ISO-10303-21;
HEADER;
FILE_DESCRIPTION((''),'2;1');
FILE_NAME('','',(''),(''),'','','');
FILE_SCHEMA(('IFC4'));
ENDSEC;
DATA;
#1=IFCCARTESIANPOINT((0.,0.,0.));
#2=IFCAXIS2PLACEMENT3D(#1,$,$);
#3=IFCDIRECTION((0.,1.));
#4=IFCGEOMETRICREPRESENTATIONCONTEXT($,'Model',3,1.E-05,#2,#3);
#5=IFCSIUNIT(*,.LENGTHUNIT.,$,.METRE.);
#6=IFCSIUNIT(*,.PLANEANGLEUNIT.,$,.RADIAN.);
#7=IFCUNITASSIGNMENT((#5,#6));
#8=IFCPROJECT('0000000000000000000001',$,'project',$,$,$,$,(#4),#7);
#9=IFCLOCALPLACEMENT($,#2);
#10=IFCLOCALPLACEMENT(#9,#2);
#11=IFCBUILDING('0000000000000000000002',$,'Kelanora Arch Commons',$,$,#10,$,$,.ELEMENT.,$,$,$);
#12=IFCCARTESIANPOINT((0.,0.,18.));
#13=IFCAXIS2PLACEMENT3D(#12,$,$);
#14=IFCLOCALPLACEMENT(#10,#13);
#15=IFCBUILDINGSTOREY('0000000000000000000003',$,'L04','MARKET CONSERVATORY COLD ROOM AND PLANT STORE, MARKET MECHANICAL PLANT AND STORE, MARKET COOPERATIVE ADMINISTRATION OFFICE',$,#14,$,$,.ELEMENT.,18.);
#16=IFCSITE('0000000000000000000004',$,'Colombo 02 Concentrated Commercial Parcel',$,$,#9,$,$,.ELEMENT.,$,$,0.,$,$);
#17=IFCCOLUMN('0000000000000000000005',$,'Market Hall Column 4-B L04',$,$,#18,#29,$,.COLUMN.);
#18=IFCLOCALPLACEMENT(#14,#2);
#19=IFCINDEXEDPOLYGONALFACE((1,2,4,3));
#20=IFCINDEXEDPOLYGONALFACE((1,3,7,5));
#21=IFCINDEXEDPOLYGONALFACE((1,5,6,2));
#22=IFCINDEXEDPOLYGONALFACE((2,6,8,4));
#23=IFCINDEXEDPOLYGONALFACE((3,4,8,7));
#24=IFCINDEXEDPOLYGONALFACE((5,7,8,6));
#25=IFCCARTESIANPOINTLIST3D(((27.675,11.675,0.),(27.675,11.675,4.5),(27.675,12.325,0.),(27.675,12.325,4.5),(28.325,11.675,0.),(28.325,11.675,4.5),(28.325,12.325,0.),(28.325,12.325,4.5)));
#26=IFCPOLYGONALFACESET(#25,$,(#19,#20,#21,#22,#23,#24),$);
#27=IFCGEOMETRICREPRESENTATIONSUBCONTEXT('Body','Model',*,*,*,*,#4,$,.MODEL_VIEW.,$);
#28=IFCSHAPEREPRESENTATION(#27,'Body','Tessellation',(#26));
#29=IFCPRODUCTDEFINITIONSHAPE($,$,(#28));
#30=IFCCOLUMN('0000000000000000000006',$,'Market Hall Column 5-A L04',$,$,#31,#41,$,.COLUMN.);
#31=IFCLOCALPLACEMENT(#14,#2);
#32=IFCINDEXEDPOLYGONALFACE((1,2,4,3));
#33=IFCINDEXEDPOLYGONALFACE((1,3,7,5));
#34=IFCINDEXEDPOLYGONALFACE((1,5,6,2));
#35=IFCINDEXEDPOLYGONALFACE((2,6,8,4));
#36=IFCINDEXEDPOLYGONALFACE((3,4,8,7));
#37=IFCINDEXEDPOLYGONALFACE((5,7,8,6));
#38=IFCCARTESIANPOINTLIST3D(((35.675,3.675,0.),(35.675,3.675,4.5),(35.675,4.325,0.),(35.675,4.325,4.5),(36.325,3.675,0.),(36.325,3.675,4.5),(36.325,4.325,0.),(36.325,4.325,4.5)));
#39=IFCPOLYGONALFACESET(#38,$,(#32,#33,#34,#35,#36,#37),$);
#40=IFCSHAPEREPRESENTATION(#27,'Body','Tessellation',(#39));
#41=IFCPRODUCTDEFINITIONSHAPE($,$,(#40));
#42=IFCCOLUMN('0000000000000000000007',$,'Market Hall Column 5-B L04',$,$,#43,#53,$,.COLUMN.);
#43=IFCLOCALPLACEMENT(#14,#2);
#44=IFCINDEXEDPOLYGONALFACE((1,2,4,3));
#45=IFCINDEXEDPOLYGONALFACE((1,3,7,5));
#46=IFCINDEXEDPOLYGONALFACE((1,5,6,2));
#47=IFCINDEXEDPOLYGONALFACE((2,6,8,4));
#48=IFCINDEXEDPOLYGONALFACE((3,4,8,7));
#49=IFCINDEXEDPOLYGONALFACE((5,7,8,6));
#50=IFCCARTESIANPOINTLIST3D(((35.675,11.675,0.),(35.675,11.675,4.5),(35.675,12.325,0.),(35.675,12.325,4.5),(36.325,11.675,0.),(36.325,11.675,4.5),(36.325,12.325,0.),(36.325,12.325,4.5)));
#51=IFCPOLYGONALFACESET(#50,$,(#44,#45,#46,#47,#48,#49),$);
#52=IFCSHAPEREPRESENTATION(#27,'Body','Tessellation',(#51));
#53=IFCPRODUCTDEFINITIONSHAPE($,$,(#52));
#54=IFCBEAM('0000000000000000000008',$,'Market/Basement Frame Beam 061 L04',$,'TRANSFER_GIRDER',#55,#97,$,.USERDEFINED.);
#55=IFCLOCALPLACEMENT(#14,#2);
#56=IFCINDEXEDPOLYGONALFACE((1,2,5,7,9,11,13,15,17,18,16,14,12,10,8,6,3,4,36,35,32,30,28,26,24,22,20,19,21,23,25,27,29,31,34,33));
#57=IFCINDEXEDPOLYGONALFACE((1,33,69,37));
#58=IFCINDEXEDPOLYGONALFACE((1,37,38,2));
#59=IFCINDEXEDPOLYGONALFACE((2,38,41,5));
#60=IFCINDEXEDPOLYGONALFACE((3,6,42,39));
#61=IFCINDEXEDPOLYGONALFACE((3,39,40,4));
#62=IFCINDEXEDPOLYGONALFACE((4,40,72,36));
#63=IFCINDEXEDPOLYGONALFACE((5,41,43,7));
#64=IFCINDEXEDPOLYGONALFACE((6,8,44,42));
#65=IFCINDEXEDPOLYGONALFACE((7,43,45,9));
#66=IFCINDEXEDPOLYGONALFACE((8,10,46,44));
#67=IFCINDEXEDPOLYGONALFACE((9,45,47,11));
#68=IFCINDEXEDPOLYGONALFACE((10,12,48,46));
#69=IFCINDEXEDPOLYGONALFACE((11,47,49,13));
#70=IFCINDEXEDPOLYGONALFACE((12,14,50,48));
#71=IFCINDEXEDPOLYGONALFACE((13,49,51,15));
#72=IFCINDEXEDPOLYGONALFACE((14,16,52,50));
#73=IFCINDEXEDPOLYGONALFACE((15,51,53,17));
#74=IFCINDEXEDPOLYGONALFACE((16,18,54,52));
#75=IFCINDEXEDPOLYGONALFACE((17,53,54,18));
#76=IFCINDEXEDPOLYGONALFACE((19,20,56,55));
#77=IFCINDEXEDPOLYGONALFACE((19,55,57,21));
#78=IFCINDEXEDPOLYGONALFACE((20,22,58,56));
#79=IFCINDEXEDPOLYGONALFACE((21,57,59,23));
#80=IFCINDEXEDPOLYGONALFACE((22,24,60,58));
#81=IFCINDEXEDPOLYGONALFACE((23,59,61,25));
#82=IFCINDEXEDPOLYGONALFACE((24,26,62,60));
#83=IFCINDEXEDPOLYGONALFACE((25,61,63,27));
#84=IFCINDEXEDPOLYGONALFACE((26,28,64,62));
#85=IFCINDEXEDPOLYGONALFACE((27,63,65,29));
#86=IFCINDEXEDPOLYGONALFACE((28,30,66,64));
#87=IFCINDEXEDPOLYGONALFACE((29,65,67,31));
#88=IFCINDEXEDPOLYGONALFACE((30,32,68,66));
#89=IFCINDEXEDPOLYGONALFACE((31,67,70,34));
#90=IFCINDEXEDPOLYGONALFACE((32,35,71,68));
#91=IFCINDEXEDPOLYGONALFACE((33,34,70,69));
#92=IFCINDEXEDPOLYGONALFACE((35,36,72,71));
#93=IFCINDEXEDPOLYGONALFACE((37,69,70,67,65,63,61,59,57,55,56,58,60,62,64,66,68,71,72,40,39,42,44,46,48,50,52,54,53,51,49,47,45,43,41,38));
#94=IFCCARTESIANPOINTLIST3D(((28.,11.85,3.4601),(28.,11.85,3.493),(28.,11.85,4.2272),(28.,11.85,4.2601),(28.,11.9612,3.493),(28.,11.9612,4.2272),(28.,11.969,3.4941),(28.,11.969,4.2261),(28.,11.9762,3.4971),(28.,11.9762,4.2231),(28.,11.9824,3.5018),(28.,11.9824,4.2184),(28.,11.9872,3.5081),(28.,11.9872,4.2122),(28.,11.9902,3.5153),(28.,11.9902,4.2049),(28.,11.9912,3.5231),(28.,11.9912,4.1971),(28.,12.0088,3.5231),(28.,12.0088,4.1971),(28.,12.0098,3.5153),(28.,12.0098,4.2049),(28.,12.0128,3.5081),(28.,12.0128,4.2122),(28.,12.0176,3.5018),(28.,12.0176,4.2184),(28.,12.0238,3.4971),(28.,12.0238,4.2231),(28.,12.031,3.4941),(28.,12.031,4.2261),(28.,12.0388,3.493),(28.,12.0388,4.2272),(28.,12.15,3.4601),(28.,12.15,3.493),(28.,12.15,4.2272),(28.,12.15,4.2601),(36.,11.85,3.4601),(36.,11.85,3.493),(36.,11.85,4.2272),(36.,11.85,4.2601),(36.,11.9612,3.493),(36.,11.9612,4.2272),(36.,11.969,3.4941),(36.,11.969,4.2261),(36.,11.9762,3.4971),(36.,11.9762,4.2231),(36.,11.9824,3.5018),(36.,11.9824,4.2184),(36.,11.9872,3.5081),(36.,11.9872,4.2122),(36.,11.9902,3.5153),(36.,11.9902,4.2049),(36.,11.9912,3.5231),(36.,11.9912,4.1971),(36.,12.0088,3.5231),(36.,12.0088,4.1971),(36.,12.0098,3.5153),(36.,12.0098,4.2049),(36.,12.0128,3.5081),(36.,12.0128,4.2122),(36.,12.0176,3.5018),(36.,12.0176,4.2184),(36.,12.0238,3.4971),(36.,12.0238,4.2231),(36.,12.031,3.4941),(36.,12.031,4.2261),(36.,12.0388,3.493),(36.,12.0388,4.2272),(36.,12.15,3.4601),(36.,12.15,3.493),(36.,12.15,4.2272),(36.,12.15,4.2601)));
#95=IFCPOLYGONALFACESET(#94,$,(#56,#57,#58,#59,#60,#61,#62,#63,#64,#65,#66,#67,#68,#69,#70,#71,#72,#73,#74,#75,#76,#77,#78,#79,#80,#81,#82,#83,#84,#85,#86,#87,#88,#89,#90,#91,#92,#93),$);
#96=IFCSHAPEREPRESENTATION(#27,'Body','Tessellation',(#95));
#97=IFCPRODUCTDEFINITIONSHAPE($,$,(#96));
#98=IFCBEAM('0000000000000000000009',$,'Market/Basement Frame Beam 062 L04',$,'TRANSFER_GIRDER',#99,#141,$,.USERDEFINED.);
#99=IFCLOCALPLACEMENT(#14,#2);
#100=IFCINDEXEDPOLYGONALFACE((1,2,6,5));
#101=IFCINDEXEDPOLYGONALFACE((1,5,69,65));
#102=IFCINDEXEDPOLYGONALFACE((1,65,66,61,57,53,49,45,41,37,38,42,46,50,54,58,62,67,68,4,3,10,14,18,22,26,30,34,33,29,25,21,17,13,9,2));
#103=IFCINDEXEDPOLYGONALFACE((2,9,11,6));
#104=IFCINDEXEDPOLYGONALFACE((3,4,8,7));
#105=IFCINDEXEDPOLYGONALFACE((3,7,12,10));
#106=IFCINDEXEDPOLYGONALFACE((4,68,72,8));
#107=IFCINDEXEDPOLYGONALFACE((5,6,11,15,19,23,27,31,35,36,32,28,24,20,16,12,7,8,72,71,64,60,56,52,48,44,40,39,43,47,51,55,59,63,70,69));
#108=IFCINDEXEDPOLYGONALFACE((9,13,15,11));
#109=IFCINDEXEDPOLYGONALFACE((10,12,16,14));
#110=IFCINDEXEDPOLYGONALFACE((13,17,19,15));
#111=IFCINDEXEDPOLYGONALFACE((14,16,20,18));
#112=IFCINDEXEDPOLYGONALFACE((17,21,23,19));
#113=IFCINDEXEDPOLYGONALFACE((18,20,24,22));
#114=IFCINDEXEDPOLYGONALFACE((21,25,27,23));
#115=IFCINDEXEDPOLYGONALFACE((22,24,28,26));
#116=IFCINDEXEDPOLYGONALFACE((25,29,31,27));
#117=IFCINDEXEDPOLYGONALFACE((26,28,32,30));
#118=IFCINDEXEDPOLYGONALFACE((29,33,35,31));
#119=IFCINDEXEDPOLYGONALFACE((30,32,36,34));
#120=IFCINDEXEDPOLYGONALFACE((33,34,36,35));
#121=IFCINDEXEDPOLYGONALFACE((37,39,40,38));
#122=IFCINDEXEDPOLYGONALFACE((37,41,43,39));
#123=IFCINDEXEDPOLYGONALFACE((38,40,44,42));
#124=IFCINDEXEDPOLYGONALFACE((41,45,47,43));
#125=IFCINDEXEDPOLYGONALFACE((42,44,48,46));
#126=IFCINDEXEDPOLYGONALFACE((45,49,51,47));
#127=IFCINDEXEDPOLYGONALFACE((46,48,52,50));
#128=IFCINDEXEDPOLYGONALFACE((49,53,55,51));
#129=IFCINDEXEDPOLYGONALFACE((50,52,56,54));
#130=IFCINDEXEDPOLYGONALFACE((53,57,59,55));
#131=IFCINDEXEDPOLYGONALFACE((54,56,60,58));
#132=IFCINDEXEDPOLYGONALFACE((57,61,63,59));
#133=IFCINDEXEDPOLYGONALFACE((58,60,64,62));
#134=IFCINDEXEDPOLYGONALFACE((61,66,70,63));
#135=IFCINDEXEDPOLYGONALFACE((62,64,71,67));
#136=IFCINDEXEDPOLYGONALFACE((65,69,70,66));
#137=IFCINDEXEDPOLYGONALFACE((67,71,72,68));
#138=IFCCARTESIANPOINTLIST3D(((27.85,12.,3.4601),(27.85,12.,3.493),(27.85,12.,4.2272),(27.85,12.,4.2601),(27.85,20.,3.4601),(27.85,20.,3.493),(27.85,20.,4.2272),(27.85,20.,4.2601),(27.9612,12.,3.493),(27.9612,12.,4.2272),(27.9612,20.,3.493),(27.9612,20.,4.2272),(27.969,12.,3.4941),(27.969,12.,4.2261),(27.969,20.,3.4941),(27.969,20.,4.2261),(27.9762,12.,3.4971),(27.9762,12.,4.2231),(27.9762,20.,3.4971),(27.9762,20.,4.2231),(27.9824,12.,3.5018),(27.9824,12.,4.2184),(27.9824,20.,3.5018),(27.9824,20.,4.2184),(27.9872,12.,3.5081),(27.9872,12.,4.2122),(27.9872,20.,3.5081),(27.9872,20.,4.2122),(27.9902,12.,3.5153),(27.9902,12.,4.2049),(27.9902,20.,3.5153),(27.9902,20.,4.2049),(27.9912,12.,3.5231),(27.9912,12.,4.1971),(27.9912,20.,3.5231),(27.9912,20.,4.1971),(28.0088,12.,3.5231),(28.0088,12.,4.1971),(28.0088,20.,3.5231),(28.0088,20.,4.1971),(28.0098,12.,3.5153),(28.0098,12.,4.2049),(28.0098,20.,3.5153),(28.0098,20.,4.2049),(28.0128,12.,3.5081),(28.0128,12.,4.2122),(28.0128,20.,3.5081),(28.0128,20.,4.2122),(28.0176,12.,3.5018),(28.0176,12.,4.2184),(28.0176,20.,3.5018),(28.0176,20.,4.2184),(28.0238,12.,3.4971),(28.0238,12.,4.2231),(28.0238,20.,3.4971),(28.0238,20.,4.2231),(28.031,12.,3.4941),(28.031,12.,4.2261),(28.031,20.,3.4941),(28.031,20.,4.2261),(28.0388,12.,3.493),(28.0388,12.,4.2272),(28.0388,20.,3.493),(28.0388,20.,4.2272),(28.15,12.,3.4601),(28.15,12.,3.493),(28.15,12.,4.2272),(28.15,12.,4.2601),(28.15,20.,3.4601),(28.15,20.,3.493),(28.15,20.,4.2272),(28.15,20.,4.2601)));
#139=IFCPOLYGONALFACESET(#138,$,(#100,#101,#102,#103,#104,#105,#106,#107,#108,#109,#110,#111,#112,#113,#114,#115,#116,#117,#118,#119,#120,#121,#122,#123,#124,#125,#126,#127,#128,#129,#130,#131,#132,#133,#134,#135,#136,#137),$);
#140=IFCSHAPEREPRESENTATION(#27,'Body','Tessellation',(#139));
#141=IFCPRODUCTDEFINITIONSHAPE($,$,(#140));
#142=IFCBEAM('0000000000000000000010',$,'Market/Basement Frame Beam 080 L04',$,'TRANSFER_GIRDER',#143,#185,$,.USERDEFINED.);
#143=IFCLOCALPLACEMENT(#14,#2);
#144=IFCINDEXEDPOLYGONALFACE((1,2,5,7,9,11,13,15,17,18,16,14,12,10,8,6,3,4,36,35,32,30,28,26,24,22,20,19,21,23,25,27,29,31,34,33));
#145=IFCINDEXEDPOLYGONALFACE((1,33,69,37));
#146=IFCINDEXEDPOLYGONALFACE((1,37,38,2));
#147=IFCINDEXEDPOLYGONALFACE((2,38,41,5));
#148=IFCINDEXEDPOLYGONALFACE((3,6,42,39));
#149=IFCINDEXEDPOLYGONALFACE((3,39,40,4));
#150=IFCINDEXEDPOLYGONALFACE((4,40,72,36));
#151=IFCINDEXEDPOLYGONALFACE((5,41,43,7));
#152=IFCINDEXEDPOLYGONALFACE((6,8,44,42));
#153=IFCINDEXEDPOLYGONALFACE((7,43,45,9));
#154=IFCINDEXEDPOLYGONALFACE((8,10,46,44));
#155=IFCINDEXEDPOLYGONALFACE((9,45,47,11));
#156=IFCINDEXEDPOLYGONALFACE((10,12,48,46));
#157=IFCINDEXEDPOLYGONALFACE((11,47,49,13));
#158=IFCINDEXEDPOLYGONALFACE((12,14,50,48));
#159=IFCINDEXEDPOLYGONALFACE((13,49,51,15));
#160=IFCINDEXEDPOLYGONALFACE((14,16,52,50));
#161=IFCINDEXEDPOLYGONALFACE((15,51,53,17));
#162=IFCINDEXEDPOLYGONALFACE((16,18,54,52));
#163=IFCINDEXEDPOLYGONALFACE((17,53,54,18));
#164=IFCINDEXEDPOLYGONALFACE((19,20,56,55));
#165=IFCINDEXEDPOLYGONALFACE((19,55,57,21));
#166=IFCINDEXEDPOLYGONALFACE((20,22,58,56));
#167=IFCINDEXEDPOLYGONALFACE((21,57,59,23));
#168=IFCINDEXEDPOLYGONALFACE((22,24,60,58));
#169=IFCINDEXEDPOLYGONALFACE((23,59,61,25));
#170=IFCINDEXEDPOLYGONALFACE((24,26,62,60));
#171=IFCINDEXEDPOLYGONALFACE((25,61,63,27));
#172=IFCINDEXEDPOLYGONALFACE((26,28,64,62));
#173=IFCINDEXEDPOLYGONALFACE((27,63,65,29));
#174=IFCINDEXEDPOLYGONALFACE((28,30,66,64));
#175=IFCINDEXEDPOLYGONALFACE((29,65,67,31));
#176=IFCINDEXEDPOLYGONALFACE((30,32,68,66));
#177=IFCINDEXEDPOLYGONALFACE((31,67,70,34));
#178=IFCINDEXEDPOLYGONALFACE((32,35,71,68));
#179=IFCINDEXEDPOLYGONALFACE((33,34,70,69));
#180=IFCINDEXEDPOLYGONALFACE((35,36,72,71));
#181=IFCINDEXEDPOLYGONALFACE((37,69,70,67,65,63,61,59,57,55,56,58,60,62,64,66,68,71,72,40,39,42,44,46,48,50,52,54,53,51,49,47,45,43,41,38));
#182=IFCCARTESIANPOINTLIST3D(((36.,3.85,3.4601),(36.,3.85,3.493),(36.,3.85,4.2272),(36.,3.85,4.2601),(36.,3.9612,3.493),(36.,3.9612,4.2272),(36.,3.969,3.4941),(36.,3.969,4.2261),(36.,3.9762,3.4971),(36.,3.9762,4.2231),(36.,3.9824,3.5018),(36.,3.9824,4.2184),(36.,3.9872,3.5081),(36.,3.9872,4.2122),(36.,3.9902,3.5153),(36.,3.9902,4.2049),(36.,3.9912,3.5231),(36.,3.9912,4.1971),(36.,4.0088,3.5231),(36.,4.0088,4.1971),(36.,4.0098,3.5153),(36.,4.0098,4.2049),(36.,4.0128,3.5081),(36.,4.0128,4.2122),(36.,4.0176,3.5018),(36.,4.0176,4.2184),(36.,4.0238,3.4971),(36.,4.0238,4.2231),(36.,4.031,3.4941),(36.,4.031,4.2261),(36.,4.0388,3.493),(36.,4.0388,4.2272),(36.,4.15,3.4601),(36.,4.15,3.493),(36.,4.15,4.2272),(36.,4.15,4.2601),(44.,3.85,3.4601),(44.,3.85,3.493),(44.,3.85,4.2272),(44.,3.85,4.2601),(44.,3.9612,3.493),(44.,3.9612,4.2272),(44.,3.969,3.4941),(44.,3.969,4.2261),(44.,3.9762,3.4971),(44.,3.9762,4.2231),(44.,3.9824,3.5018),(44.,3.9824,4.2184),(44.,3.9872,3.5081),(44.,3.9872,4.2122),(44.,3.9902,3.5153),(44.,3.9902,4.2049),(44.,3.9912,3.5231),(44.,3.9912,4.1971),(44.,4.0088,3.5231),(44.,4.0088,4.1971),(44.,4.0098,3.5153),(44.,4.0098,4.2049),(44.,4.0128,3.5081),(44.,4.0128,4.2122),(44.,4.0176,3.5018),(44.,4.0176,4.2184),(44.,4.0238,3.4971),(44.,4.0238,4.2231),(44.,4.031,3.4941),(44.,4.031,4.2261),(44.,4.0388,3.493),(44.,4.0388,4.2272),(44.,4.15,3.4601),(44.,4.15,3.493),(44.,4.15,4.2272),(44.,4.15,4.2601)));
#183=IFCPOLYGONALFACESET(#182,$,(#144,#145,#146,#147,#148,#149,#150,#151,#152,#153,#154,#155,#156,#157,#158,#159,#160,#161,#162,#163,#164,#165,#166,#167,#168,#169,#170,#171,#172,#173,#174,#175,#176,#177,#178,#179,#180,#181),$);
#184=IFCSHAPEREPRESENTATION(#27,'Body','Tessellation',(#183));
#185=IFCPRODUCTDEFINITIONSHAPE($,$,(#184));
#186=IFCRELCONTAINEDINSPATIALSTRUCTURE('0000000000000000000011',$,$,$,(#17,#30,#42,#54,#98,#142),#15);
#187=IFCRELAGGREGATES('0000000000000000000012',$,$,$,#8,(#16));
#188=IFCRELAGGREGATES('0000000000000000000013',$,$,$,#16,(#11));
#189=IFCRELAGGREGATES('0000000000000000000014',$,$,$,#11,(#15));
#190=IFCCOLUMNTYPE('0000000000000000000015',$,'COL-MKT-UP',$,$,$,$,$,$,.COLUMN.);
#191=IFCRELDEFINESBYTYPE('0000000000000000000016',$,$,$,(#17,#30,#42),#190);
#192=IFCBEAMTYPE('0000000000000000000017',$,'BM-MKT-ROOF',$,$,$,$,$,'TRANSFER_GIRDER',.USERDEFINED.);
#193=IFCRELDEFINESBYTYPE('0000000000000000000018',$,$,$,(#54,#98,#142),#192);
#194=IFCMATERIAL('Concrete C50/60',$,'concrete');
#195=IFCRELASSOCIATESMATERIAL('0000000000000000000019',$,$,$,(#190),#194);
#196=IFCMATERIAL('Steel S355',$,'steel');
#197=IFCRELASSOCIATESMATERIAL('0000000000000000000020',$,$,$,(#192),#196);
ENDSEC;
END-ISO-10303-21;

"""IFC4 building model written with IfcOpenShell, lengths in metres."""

from ifc_helpers import new_model, si_unit, direction, frame, origin, origin_2d, place, context, subcontext, project, spatial, rectangle, i_section, extrude, material, material_profile, profile_set, type_object, element, save


model = new_model("IFC4")

# Units and contexts
model_context = context("Model", 3, precision=1e-05, world=origin(), true_north=direction((0.0, 1.0)))
body_context = subcontext(model_context, "Body", "Model", "MODEL_VIEW")
ifc_project = project(units=[si_unit("LENGTHUNIT", "METRE"), si_unit("PLANEANGLEUNIT", "RADIAN")], contexts=[model_context])

# Site, building, storey
site_placement = place(None, origin())
site = spatial("IfcSite", under=ifc_project, at=site_placement, Name="Colombo 02 Concentrated Commercial Parcel", CompositionType="ELEMENT", RefElevation=0.0)
building_placement = place(site_placement, origin())
building = spatial("IfcBuilding", under=site, at=building_placement, Name="Kelanora Arch Commons", CompositionType="ELEMENT")
storey_placement = place(building_placement, frame((0.0, 0.0, 18.0)))
storey = spatial("IfcBuildingStorey", under=building, at=storey_placement, Name="L04", Description="MARKET CONSERVATORY COLD ROOM AND PLANT STORE, MARKET MECHANICAL PLANT AND STORE, MARKET COOPERATIVE ADMINISTRATION OFFICE", CompositionType="ELEMENT", Elevation=18.0)

# Columns
ifc_material_1 = material(Name="Concrete C50/60", Category="concrete")
ifc_material_profile_1 = material_profile(ifc_material_1, rectangle(XDim=0.6499, YDim=0.6499, at=origin_2d()), Name="RC650x650")
ifc_profile_set_1 = profile_set([ifc_material_profile_1], Name="Concrete C50/60")
column_type = type_object("IfcColumnType", Name="COL-MKT-UP", PredefinedType="COLUMN", material=ifc_profile_set_1)
for number, where, z_axis, x_axis, name in (
    (1, (28.0, 12.0, 0.0), (0.0, 0.0, 1.0), (1.0, 0.0, 0.0), "Market Hall Column 4-B L04"),
    (2, (36.0, 4.0, 0.0), (0.0, 0.0, 1.0), (1.0, 0.0, 0.0), "Market Hall Column 5-A L04"),
    (3, (36.0, 12.0, 0.0), (0.0, 0.0, 1.0), (1.0, 0.0, 0.0), "Market Hall Column 5-B L04"),
):
    element("IfcColumn", number, at=place(storey_placement, frame(where, z_axis=z_axis, x_axis=x_axis)), inside=storey, type_object=column_type, Name=name, PredefinedType="COLUMN", context=body_context, shape_type="SweptSolid", body=[
        extrude(rectangle(XDim=0.6499, YDim=0.6499, at=origin_2d()), origin(), (0.0, 0.0, 1.0), 4.5),
    ])

# Beams
ifc_material_2 = material(Name="Steel S355", Category="steel")
ifc_material_profile_2 = material_profile(ifc_material_2, i_section(OverallWidth=0.3, OverallDepth=0.8, WebThickness=0.0176, FlangeThickness=0.033, FilletRadius=0.03, at=origin_2d()), Name="HEB800")
ifc_profile_set_2 = profile_set([ifc_material_profile_2], Name="Steel S355")
beam_type = type_object("IfcBeamType", Name="BM-MKT-ROOF", ElementType="TRANSFER_GIRDER", PredefinedType="USERDEFINED", material=ifc_profile_set_2)
for number, where, z_axis, x_axis, name in (
    (4, (28.0, 12.0, 3.8601), (1.0, 0.0, 0.0), (0.0, 1.0, 0.0), "Market/Basement Frame Beam 061 L04"),
    (5, (28.0, 12.0, 3.8601), (0.0, 1.0, 0.0), (-1.0, 0.0, 0.0), "Market/Basement Frame Beam 062 L04"),
    (6, (36.0, 4.0, 3.8601), (1.0, 0.0, 0.0), (0.0, 1.0, 0.0), "Market/Basement Frame Beam 080 L04"),
):
    element("IfcBeam", number, at=place(storey_placement, frame(where, z_axis=z_axis, x_axis=x_axis)), inside=storey, type_object=beam_type, Name=name, ObjectType="TRANSFER_GIRDER", PredefinedType="USERDEFINED", context=body_context, shape_type="SweptSolid", body=[
        extrude(i_section(OverallWidth=0.3, OverallDepth=0.8, WebThickness=0.0176, FlangeThickness=0.033, FilletRadius=0.03, at=origin_2d()), origin(), (0.0, 0.0, 1.0), 8.0),
    ])

save(model, "model.ifc")
